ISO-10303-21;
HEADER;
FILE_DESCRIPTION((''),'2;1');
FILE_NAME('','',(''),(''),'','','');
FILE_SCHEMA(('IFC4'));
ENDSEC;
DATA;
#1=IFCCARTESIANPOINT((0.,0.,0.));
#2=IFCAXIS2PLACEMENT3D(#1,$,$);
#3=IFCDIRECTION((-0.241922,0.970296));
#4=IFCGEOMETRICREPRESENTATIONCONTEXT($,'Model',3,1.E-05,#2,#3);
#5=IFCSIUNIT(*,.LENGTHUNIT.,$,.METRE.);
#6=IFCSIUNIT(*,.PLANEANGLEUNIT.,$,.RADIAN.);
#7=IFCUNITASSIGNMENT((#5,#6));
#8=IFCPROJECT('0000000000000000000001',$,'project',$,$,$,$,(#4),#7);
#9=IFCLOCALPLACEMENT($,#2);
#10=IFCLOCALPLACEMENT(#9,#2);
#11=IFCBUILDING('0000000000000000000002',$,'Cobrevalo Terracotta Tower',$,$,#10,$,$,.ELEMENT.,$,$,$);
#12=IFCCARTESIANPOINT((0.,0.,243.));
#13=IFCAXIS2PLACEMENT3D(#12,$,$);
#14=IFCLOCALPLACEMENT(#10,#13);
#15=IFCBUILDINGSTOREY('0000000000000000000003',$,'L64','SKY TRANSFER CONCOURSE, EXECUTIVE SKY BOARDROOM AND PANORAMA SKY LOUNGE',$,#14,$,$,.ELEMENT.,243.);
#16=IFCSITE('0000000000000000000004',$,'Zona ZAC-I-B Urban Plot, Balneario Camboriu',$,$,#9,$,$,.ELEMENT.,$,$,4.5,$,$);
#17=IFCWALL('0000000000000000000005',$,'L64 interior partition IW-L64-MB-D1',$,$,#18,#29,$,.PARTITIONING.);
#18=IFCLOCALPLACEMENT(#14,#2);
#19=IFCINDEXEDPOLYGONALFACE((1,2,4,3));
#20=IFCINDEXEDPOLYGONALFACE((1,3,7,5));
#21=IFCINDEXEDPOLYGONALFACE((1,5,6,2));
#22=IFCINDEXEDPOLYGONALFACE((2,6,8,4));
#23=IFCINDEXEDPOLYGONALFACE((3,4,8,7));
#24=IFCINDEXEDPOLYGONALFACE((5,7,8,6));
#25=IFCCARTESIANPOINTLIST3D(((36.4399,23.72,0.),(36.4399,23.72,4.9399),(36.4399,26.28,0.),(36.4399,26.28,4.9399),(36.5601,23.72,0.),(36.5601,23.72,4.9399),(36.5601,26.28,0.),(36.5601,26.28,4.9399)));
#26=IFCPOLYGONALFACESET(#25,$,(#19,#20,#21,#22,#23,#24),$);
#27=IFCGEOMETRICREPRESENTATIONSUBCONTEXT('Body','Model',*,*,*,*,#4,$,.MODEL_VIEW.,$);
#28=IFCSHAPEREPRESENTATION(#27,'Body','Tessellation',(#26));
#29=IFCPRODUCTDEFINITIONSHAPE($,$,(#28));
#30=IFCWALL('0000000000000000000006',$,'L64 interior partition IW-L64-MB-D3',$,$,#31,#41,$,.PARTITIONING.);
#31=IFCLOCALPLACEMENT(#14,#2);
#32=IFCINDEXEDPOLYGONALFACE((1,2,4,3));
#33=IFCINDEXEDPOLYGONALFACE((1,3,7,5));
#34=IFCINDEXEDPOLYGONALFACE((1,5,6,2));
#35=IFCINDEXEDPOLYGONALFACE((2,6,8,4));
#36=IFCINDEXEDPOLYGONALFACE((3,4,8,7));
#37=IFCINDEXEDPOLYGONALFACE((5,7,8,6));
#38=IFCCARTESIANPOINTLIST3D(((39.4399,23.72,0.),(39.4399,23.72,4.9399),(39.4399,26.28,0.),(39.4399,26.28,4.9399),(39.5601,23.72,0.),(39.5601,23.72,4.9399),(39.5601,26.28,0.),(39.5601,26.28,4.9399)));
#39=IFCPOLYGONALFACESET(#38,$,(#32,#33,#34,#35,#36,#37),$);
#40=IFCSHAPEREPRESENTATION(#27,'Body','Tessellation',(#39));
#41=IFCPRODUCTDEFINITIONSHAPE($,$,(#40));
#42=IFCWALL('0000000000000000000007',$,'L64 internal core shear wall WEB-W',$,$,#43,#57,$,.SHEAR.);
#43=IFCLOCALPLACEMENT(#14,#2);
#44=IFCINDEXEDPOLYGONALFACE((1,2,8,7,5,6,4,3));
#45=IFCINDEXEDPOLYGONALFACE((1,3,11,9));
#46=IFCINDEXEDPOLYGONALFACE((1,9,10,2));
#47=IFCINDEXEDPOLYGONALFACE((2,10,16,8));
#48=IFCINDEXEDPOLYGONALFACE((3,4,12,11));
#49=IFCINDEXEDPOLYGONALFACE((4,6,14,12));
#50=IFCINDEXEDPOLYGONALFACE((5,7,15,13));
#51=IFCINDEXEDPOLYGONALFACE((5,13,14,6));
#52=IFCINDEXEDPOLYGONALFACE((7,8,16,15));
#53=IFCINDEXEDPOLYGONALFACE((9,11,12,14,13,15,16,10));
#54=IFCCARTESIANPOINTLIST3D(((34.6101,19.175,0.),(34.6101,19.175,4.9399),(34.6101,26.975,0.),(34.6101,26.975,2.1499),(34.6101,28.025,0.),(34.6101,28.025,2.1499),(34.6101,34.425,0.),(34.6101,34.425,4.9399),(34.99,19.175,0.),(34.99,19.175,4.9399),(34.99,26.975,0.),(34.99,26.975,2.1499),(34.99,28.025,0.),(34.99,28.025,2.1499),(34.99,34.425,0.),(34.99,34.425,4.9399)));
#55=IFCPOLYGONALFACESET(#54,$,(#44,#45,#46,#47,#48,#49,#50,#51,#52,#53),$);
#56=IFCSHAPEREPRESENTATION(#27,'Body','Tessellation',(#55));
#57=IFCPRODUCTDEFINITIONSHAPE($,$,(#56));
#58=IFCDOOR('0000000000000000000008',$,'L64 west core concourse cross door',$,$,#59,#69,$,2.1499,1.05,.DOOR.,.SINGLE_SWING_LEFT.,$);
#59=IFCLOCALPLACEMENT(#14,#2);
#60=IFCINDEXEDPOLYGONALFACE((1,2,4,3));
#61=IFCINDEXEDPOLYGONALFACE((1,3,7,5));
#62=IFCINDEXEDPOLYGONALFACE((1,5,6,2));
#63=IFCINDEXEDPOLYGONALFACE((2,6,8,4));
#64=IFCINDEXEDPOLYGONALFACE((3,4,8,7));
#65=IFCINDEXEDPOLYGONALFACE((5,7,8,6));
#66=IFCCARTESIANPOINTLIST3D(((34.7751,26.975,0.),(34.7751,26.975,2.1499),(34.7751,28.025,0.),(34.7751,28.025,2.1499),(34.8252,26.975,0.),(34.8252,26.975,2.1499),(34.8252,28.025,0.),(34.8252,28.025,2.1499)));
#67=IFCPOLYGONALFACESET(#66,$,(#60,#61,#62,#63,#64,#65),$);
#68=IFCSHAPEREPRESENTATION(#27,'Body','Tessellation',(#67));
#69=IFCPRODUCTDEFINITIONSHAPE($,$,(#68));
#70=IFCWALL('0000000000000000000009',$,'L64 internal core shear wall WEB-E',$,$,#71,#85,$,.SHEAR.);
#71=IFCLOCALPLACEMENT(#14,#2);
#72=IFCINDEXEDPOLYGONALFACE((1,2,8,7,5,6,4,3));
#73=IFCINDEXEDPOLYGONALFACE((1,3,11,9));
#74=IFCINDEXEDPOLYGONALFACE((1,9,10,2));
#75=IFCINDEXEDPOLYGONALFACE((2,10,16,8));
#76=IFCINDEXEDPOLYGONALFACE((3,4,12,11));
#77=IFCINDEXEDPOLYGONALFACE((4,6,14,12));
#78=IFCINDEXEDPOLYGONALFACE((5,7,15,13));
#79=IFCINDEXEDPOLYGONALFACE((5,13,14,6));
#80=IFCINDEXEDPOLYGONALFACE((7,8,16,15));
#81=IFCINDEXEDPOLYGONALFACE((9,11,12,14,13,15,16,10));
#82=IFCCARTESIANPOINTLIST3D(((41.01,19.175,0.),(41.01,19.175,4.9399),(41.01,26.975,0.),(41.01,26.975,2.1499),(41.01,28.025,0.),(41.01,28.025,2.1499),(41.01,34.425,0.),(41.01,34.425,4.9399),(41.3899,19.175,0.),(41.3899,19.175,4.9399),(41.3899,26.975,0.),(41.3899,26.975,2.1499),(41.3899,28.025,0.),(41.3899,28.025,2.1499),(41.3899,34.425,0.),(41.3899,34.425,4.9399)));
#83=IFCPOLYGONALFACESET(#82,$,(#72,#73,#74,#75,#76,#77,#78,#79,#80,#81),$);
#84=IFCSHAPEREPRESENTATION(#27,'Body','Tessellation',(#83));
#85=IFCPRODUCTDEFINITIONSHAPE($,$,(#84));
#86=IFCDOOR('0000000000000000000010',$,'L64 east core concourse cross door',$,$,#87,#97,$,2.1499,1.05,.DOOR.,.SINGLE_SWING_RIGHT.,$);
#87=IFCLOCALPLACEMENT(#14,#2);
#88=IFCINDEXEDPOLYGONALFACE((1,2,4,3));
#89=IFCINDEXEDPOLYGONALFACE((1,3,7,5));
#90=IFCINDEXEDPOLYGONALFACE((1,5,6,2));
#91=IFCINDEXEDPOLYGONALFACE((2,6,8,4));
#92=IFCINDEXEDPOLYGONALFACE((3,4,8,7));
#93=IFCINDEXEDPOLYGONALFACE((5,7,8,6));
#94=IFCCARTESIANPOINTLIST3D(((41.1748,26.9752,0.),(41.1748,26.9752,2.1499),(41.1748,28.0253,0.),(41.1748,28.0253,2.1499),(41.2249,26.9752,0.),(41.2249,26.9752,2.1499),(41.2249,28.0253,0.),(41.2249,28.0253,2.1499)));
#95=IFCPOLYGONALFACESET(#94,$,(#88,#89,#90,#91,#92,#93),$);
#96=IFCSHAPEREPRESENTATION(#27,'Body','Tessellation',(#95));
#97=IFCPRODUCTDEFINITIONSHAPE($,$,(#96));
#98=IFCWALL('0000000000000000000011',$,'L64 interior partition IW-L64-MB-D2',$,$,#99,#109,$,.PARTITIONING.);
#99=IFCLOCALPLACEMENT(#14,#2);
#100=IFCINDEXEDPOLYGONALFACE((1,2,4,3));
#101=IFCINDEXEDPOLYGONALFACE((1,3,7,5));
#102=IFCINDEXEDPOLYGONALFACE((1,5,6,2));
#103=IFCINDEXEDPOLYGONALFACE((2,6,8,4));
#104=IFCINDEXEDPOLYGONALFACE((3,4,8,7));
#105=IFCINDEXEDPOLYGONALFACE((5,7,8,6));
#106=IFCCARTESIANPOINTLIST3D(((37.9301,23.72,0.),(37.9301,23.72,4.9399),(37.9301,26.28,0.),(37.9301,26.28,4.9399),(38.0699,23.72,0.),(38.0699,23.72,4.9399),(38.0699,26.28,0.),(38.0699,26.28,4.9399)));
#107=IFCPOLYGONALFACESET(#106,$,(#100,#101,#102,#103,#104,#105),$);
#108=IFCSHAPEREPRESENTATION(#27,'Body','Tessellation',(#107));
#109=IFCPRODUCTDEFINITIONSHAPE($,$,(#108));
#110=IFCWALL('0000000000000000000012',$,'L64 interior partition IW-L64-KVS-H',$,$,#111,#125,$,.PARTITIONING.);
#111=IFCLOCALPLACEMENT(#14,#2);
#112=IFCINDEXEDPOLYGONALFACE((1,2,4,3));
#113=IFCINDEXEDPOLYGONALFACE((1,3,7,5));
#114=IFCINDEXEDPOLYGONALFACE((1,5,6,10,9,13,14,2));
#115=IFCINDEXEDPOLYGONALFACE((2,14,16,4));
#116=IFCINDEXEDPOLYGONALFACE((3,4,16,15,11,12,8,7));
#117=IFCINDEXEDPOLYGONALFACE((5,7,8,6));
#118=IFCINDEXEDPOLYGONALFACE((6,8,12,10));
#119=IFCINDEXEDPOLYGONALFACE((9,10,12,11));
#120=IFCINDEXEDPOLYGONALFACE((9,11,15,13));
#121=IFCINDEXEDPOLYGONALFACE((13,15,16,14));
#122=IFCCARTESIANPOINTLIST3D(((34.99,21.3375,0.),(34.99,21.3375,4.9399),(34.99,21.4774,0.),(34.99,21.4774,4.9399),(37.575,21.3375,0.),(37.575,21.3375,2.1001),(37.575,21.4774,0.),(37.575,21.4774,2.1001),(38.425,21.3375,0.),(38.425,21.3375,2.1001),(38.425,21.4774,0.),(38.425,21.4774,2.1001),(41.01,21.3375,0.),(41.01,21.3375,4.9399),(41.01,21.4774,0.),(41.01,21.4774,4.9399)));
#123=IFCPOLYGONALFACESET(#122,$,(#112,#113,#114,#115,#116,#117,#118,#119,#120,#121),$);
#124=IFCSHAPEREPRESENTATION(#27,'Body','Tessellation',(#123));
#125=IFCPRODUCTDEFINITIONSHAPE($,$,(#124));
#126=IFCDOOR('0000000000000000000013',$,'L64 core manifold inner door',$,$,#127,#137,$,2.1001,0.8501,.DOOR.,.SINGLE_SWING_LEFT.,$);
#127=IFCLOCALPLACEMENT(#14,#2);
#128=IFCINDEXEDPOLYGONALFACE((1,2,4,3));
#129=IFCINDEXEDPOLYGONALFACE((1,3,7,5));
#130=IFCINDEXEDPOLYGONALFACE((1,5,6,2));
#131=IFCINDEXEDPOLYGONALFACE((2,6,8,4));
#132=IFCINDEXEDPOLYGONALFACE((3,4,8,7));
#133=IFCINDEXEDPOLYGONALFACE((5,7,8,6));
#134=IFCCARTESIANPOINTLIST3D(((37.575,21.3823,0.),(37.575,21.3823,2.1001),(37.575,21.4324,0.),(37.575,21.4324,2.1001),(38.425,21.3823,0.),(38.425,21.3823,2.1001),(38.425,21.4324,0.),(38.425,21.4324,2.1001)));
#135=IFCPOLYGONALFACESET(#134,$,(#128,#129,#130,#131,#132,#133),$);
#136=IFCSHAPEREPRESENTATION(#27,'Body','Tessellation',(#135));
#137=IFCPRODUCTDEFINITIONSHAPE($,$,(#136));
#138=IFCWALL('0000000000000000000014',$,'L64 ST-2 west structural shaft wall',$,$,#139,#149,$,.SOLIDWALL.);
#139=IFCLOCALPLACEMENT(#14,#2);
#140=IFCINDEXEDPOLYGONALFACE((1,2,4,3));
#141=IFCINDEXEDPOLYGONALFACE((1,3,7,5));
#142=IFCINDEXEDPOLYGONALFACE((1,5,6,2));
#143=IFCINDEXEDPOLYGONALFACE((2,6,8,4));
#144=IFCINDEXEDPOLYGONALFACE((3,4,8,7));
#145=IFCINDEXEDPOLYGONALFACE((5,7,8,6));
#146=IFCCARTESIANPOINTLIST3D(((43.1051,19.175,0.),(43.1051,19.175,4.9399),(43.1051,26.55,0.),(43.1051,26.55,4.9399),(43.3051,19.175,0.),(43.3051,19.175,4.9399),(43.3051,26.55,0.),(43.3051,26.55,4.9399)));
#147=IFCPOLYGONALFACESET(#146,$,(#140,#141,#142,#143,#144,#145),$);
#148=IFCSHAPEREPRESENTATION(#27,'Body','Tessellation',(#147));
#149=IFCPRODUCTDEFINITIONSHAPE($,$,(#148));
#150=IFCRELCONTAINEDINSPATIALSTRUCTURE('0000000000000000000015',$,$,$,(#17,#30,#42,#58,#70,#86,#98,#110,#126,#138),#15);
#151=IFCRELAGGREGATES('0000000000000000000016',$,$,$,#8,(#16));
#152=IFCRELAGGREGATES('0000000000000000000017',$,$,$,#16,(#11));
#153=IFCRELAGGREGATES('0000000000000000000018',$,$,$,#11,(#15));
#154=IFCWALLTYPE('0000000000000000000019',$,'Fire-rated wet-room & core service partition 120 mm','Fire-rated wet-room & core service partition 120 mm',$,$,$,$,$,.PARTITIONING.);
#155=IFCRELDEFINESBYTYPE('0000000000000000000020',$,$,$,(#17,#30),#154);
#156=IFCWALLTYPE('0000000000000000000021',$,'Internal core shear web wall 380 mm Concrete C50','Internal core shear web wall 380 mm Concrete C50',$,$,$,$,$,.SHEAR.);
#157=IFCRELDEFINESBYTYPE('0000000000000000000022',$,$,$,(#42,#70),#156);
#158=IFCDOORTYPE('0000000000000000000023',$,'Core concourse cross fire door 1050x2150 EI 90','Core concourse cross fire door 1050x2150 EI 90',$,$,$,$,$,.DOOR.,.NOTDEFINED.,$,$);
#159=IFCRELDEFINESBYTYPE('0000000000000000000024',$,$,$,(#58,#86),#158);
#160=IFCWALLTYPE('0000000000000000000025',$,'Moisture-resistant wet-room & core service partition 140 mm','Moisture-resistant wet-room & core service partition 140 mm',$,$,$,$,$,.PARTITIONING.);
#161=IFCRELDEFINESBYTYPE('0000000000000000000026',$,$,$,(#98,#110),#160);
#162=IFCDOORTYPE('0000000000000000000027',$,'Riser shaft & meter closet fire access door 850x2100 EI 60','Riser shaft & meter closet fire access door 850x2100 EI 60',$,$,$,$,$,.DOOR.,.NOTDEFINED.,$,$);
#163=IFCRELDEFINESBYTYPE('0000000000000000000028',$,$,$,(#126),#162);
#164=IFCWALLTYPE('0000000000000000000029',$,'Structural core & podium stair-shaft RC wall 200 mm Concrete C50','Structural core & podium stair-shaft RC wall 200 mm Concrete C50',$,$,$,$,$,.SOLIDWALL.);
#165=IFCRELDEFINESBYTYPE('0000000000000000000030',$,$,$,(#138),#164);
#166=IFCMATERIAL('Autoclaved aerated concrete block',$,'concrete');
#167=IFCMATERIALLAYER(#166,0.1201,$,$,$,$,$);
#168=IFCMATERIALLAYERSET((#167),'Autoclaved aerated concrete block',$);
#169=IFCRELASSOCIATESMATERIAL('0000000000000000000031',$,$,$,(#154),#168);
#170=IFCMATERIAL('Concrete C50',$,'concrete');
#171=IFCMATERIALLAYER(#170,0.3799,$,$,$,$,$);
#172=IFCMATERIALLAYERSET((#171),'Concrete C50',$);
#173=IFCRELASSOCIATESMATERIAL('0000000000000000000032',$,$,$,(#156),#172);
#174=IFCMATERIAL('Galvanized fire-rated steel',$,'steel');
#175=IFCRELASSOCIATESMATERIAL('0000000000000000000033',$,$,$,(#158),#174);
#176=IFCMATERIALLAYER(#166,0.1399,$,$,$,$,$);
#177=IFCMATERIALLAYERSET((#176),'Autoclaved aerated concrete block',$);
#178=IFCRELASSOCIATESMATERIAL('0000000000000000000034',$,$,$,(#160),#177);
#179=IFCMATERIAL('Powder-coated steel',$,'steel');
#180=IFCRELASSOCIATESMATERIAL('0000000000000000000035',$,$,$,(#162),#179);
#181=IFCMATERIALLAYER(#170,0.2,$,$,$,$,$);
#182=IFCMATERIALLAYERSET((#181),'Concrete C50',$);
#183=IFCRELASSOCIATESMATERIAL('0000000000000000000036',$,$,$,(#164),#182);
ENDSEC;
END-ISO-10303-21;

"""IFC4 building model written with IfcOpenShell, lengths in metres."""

from ifc_helpers import new_model, si_unit, direction, frame, frame_2d, origin, place, context, subcontext, project, spatial, rectangle, extrude, source, transform, mapped, material, layer, layer_set, type_object, element, fill, save


model = new_model("IFC4")

# Units and contexts
model_context = context("Model", 3, precision=1e-05, world=origin(), true_north=direction((-0.241922, 0.970296)))
body_context = subcontext(model_context, "Body", "Model", "MODEL_VIEW")
ifc_project = project(units=[si_unit("LENGTHUNIT", "METRE"), si_unit("PLANEANGLEUNIT", "RADIAN")], contexts=[model_context])

# Site, building, storey
site_placement = place(None, origin())
site = spatial("IfcSite", under=ifc_project, at=site_placement, Name="Zona ZAC-I-B Urban Plot, Balneario Camboriu", CompositionType="ELEMENT", RefElevation=4.5)
building_placement = place(site_placement, origin())
building = spatial("IfcBuilding", under=site, at=building_placement, Name="Cobrevalo Terracotta Tower", CompositionType="ELEMENT")
storey_placement = place(building_placement, frame((0.0, 0.0, 243.0)))
storey = spatial("IfcBuildingStorey", under=building, at=storey_placement, Name="L64", Description="SKY TRANSFER CONCOURSE, EXECUTIVE SKY BOARDROOM AND PANORAMA SKY LOUNGE", CompositionType="ELEMENT", Elevation=243.0)

# Shared definitions
ifc_material_1 = material(Name="Concrete C50", Category="concrete")

# Shared definitions
ifc_material_2 = material(Name="Galvanized fire-rated steel", Category="steel")

# Walls
ifc_material_3 = material(Name="Autoclaved aerated concrete block", Category="concrete")
ifc_layer_1 = layer(ifc_material_3, 0.1201)
ifc_layer_set_1 = layer_set([ifc_layer_1], Name="Autoclaved aerated concrete block")
wall_type_1 = type_object("IfcWallType", Name="Fire-rated wet-room & core service partition 120 mm", Description="Fire-rated wet-room & core service partition 120 mm", PredefinedType="PARTITIONING", material=ifc_layer_set_1)
for number, where, z_axis, x_axis, name in (
    (1, (36.5, 23.72, 0.0), (0.0, 0.0, 1.0), (0.0, 1.0, 0.0), "L64 interior partition IW-L64-MB-D1"),
    (2, (39.5, 23.72, 0.0), (0.0, 0.0, 1.0), (0.0, 1.0, 0.0), "L64 interior partition IW-L64-MB-D3"),
):
    element("IfcWall", number, at=place(storey_placement, frame(where, z_axis=z_axis, x_axis=x_axis)), inside=storey, type_object=wall_type_1, Name=name, PredefinedType="PARTITIONING", context=body_context, shape_type="SweptSolid", body=[
        extrude(rectangle(XDim=2.5601, YDim=0.1201, at=frame_2d((1.28, 0.0))), origin(), (0.0, 0.0, 1.0), 4.9399),
    ])

# Walls, openings, doors
ifc_layer_2 = layer(ifc_material_1, 0.3799)
ifc_layer_set_2 = layer_set([ifc_layer_2], Name="Concrete C50")
wall_type_2 = type_object("IfcWallType", Name="Internal core shear web wall 380 mm Concrete C50", Description="Internal core shear web wall 380 mm Concrete C50", PredefinedType="SHEAR", material=ifc_layer_set_2)
wall_1_placement = place(storey_placement, frame((34.8, 19.175, 0.0), z_axis=(0.0, 0.0, 1.0), x_axis=(0.0, 1.0, 0.0)))
wall_1 = element("IfcWall", 3, at=wall_1_placement, inside=storey, type_object=wall_type_2, Name="L64 internal core shear wall WEB-W", PredefinedType="SHEAR", context=body_context, shape_type="SweptSolid", body=[
    extrude(rectangle(XDim=15.25, YDim=0.3799, at=frame_2d((7.625, 0.0))), origin(), (0.0, 0.0, 1.0), 4.9399),
])
opening_1_placement = place(wall_1_placement, frame((7.8, 0.0, 0.0)))
opening_1 = element("IfcOpeningElement", 4, at=opening_1_placement, cuts=wall_1, PredefinedType="OPENING", context=body_context, shape_type="SweptSolid", body=[
    extrude(rectangle(XDim=1.05, YDim=2.1499, at=frame_2d((0.5249, 1.075))), frame((0.0, 0.2, 0.0), z_axis=(0.0, -1.0, 0.0), x_axis=(1.0, 0.0, 0.0)), (0.0, 0.0, 1.0), 0.3999),
])
door_type_1 = type_object("IfcDoorType", Name="Core concourse cross fire door 1050x2150 EI 90", Description="Core concourse cross fire door 1050x2150 EI 90", OperationType="NOTDEFINED", PredefinedType="DOOR", material=ifc_material_2)
shared_shape_1 = source(origin(), body_context, "Body", "SweptSolid", [
    extrude(rectangle(XDim=1.05, YDim=2.1499, at=frame_2d((0.5249, 1.075))), frame((0.0, 0.0249, 0.0), z_axis=(0.0, -1.0, 0.0), x_axis=(1.0, 0.0, 0.0)), (0.0, 0.0, 1.0), 0.05),
])
door_1_placement = place(opening_1_placement, origin())
door_1 = element("IfcDoor", 5, at=door_1_placement, inside=storey, type_object=door_type_1, Name="L64 west core concourse cross door", OperationType="SINGLE_SWING_LEFT", OverallHeight=2.1499, OverallWidth=1.05, PredefinedType="DOOR", context=body_context, shape_type="MappedRepresentation", body=[
    mapped(shared_shape_1, transform((0.0, 0.0, 0.0), scale=1.0)),
])
fill(opening_1, door_1)
wall_2_placement = place(storey_placement, frame((41.2, 19.175, 0.0), z_axis=(0.0, 0.0, 1.0), x_axis=(0.0, 1.0, 0.0)))
wall_2 = element("IfcWall", 6, at=wall_2_placement, inside=storey, type_object=wall_type_2, Name="L64 internal core shear wall WEB-E", PredefinedType="SHEAR", context=body_context, shape_type="SweptSolid", body=[
    extrude(rectangle(XDim=15.25, YDim=0.3799, at=frame_2d((7.625, 0.0))), origin(), (0.0, 0.0, 1.0), 4.9399),
])
opening_2_placement = place(wall_2_placement, frame((7.8, 0.0, 0.0)))
opening_2 = element("IfcOpeningElement", 7, at=opening_2_placement, cuts=wall_2, PredefinedType="OPENING", context=body_context, shape_type="SweptSolid", body=[
    extrude(rectangle(XDim=1.05, YDim=2.1499, at=frame_2d((0.5249, 1.075))), frame((0.0, 0.2, 0.0), z_axis=(0.0, -1.0, 0.0), x_axis=(1.0, 0.0, 0.0)), (0.0, 0.0, 1.0), 0.3999),
])
door_2_placement = place(opening_2_placement, frame((1.05, 0.0, 0.0), z_axis=(0.0, 0.0, 1.0), x_axis=(-1.0, 0.0, 0.0)))
door_2 = element("IfcDoor", 8, at=door_2_placement, inside=storey, type_object=door_type_1, Name="L64 east core concourse cross door", OperationType="SINGLE_SWING_RIGHT", OverallHeight=2.1499, OverallWidth=1.05, PredefinedType="DOOR", context=body_context, shape_type="MappedRepresentation", body=[
    mapped(shared_shape_1, transform((0.0, 0.0, 0.0), scale=1.0)),
])
fill(opening_2, door_2)

# Wall
ifc_layer_3 = layer(ifc_material_3, 0.1399)
ifc_layer_set_3 = layer_set([ifc_layer_3], Name="Autoclaved aerated concrete block")
wall_type_3 = type_object("IfcWallType", Name="Moisture-resistant wet-room & core service partition 140 mm", Description="Moisture-resistant wet-room & core service partition 140 mm", PredefinedType="PARTITIONING", material=ifc_layer_set_3)
wall_3_placement = place(storey_placement, frame((38.0, 23.72, 0.0), z_axis=(0.0, 0.0, 1.0), x_axis=(0.0, 1.0, 0.0)))
element("IfcWall", 9, at=wall_3_placement, inside=storey, type_object=wall_type_3, Name="L64 interior partition IW-L64-MB-D2", PredefinedType="PARTITIONING", context=body_context, shape_type="SweptSolid", body=[
    extrude(rectangle(XDim=2.5601, YDim=0.1399, at=frame_2d((1.28, 0.0))), origin(), (0.0, 0.0, 1.0), 4.9399),
])

# Wall, opening, door
wall_4_placement = place(storey_placement, frame((34.99, 21.4075, 0.0), z_axis=(0.0, 0.0, 1.0), x_axis=(1.0, 0.0, 0.0)))
wall_4 = element("IfcWall", 10, at=wall_4_placement, inside=storey, type_object=wall_type_3, Name="L64 interior partition IW-L64-KVS-H", PredefinedType="PARTITIONING", context=body_context, shape_type="SweptSolid", body=[
    extrude(rectangle(XDim=6.02, YDim=0.1399, at=frame_2d((3.01, 0.0))), origin(), (0.0, 0.0, 1.0), 4.9399),
])
opening_3_placement = place(wall_4_placement, frame((2.585, 0.0, 0.0)))
opening_3 = element("IfcOpeningElement", 11, at=opening_3_placement, cuts=wall_4, PredefinedType="OPENING", context=body_context, shape_type="SweptSolid", body=[
    extrude(rectangle(XDim=0.8501, YDim=2.1001, at=frame_2d((0.425, 1.05))), frame((0.0, 0.0801, 0.0), z_axis=(0.0, -1.0, 0.0), x_axis=(1.0, 0.0, 0.0)), (0.0, 0.0, 1.0), 0.1599),
])
ifc_material_4 = material(Name="Powder-coated steel", Category="steel")
door_type_2 = type_object("IfcDoorType", Name="Riser shaft & meter closet fire access door 850x2100 EI 60", Description="Riser shaft & meter closet fire access door 850x2100 EI 60", OperationType="NOTDEFINED", PredefinedType="DOOR", material=ifc_material_4)
shared_shape_2 = source(origin(), body_context, "Body", "SweptSolid", [
    extrude(rectangle(XDim=0.8501, YDim=2.1001, at=frame_2d((0.425, 1.05))), frame((0.0, 0.0249, 0.0), z_axis=(0.0, -1.0, 0.0), x_axis=(1.0, 0.0, 0.0)), (0.0, 0.0, 1.0), 0.05),
])
door_3_placement = place(opening_3_placement, origin())
door_3 = element("IfcDoor", 12, at=door_3_placement, inside=storey, type_object=door_type_2, Name="L64 core manifold inner door", OperationType="SINGLE_SWING_LEFT", OverallHeight=2.1001, OverallWidth=0.8501, PredefinedType="DOOR", context=body_context, shape_type="MappedRepresentation", body=[
    mapped(shared_shape_2, transform((0.0, 0.0, 0.0), scale=1.0)),
])
fill(opening_3, door_3)

# Wall
ifc_layer_4 = layer(ifc_material_1, 0.2)
ifc_layer_set_4 = layer_set([ifc_layer_4], Name="Concrete C50")
wall_type_4 = type_object("IfcWallType", Name="Structural core & podium stair-shaft RC wall 200 mm Concrete C50", Description="Structural core & podium stair-shaft RC wall 200 mm Concrete C50", PredefinedType="SOLIDWALL", material=ifc_layer_set_4)
wall_5_placement = place(storey_placement, frame((43.2051, 19.175, 0.0), z_axis=(0.0, 0.0, 1.0), x_axis=(0.0, 1.0, 0.0)))
element("IfcWall", 13, at=wall_5_placement, inside=storey, type_object=wall_type_4, Name="L64 ST-2 west structural shaft wall", PredefinedType="SOLIDWALL", context=body_context, shape_type="SweptSolid", body=[
    extrude(rectangle(XDim=7.375, YDim=0.2, at=frame_2d((3.6875, 0.0))), origin(), (0.0, 0.0, 1.0), 4.9399),
])

save(model, "model.ifc")
